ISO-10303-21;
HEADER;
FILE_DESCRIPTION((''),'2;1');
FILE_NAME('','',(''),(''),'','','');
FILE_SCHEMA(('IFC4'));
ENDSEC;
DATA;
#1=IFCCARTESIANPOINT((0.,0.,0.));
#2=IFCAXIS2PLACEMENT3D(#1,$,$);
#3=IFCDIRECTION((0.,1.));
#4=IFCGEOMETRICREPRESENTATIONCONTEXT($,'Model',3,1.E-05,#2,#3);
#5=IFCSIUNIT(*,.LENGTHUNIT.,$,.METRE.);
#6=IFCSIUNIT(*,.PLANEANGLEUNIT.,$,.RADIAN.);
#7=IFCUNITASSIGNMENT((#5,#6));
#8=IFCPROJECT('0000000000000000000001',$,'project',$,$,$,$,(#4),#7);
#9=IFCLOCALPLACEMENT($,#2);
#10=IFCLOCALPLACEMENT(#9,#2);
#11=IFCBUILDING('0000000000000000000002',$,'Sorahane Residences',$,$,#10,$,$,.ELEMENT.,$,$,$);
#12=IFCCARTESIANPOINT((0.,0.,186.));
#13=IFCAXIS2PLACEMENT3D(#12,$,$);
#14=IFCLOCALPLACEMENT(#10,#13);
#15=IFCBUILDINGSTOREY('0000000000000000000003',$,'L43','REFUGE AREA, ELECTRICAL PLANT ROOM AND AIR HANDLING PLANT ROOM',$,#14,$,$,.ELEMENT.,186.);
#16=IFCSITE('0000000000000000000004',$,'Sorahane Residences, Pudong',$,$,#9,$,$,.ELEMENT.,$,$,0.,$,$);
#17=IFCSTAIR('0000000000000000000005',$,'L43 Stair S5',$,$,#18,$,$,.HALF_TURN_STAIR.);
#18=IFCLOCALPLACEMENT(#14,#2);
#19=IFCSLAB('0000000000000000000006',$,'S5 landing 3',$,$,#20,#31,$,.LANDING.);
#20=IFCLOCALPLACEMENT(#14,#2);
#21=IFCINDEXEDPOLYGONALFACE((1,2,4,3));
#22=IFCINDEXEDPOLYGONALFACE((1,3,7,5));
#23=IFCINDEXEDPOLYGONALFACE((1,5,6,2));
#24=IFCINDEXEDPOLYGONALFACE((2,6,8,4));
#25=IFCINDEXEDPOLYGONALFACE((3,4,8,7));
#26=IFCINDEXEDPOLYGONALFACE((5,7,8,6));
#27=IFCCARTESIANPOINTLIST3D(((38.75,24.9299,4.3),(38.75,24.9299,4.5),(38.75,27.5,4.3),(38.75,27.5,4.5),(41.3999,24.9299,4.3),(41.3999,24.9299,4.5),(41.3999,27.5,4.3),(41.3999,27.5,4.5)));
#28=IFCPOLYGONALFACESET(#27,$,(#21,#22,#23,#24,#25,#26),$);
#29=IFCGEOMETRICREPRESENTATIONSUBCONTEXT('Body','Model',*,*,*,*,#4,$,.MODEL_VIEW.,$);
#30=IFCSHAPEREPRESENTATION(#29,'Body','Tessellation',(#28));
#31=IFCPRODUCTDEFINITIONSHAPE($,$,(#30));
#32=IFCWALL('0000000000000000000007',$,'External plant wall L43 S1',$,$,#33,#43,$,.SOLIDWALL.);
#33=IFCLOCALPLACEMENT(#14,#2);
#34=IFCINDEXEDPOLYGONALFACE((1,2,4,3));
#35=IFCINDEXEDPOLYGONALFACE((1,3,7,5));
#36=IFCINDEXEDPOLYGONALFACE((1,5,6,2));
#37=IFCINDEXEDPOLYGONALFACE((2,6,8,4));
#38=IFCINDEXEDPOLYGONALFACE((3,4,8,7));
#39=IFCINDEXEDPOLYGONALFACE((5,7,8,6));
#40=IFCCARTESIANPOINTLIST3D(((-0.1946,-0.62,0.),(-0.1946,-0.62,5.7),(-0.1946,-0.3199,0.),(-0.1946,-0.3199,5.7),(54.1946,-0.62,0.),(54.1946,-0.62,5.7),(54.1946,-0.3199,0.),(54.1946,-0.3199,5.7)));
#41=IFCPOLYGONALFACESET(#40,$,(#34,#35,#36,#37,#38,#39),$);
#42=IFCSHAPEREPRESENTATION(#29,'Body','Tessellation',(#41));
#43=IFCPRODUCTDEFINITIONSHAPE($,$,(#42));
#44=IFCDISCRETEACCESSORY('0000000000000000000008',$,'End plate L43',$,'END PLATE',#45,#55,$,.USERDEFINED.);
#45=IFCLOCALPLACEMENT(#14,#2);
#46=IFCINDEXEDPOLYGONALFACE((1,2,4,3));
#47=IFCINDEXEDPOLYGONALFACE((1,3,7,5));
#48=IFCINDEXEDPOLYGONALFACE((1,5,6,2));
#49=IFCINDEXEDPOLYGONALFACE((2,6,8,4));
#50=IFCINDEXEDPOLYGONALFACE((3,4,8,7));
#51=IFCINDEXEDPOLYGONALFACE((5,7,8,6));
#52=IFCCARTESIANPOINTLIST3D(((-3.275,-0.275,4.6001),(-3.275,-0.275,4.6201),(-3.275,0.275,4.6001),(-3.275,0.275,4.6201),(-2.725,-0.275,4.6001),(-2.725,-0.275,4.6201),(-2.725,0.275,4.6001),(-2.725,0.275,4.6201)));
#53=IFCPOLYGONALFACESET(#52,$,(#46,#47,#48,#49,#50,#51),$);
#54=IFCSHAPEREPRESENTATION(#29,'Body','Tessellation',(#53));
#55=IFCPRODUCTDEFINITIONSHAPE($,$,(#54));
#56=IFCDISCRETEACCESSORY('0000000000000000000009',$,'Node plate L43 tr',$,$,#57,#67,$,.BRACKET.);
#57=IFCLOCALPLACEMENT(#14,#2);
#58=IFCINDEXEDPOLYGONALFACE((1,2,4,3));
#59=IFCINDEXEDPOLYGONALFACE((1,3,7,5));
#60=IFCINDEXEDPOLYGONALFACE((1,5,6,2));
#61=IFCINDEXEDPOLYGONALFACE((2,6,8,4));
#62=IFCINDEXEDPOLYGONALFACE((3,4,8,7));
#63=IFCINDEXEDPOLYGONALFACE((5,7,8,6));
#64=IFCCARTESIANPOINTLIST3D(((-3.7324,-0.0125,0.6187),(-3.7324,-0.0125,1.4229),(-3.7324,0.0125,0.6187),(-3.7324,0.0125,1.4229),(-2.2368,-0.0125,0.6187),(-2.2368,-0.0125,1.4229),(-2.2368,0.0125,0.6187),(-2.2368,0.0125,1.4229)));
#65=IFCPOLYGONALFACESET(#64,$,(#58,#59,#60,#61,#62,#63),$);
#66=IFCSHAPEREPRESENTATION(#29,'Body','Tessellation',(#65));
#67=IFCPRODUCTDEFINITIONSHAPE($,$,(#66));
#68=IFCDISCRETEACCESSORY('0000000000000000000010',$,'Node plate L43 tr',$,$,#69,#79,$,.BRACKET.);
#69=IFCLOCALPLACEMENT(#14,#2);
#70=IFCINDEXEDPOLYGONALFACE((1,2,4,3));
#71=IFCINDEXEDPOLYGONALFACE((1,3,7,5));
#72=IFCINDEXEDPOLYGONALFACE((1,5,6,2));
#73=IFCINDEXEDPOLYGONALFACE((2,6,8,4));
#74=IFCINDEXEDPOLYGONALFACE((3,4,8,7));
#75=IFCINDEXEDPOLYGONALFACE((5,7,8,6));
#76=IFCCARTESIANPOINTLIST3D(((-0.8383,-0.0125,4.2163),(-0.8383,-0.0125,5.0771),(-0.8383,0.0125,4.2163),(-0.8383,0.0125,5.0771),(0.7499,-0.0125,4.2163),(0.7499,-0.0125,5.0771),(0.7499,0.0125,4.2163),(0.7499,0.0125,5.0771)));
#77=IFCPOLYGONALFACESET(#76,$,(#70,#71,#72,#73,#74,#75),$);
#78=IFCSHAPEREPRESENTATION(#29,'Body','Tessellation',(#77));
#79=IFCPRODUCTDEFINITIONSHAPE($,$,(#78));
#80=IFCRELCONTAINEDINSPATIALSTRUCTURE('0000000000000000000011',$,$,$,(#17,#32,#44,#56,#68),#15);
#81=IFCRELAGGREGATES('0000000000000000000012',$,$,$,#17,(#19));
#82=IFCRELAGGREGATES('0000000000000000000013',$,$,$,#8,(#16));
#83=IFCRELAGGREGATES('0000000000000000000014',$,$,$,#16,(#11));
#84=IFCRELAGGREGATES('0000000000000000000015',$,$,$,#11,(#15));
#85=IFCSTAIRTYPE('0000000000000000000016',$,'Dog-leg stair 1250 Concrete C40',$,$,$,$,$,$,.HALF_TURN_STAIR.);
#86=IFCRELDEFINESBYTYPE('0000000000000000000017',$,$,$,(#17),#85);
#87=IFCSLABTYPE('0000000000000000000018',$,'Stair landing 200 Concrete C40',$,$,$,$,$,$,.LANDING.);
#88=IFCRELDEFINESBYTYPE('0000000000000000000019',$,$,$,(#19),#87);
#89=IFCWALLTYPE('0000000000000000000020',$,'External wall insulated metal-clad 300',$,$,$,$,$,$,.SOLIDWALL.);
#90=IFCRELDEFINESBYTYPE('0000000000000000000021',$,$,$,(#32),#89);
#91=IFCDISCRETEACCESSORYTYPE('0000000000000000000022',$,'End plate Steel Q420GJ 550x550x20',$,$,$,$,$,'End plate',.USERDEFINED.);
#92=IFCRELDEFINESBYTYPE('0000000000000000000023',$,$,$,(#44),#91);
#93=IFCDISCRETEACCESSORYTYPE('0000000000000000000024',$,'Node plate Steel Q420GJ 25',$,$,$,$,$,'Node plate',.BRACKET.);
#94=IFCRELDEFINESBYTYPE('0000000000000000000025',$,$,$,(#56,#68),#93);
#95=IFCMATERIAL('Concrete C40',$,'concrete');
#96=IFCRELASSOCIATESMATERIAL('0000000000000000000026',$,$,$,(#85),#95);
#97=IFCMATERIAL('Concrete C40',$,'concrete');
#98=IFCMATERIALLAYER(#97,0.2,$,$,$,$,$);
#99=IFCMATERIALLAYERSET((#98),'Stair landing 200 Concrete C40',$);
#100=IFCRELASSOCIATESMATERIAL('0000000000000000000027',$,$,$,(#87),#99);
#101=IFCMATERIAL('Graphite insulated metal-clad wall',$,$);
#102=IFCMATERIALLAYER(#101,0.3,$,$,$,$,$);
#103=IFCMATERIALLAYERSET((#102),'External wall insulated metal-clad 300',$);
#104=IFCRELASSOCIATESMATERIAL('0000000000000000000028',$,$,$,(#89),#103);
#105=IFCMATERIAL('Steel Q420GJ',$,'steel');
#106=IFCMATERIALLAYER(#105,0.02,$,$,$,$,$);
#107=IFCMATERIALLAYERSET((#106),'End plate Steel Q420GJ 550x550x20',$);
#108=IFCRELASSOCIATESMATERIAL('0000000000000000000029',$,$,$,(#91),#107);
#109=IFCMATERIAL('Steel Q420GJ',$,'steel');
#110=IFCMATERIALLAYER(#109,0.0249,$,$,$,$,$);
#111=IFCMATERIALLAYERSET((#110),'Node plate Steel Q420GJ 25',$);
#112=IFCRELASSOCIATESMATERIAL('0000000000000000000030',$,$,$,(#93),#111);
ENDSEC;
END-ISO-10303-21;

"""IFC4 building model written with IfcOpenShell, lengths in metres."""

from ifc_helpers import new_model, si_unit, direction, frame, frame_2d, origin, origin_2d, place, context, subcontext, project, spatial, polyline, rectangle, outline, extrude, material, layer, layer_set, type_object, element, aggregate, save


model = new_model("IFC4")

# Units and contexts
model_context = context("Model", 3, precision=1e-05, world=origin(), true_north=direction((0.0, 1.0)))
body_context = subcontext(model_context, "Body", "Model", "MODEL_VIEW")
ifc_project = project(units=[si_unit("LENGTHUNIT", "METRE"), si_unit("PLANEANGLEUNIT", "RADIAN")], contexts=[model_context])

# Site, building, storey
site_placement = place(None, origin())
site = spatial("IfcSite", under=ifc_project, at=site_placement, Name="Sorahane Residences, Pudong", CompositionType="ELEMENT", RefElevation=0.0)
building_placement = place(site_placement, origin())
building = spatial("IfcBuilding", under=site, at=building_placement, Name="Sorahane Residences", CompositionType="ELEMENT")
storey_placement = place(building_placement, frame((0.0, 0.0, 186.0)))
storey = spatial("IfcBuildingStorey", under=building, at=storey_placement, Name="L43", Description="REFUGE AREA, ELECTRICAL PLANT ROOM AND AIR HANDLING PLANT ROOM", CompositionType="ELEMENT", Elevation=186.0)

# Shared definitions
ifc_material_1 = material(Name="Concrete C40", Category="concrete")
stair_type = type_object("IfcStairType", Name="Dog-leg stair 1250 Concrete C40", PredefinedType="HALF_TURN_STAIR", material=ifc_material_1)
ifc_material_2 = material(Name="Concrete C40", Category="concrete")
ifc_layer_1 = layer(ifc_material_2, 0.2)
ifc_layer_set_1 = layer_set([ifc_layer_1], Name="Stair landing 200 Concrete C40")
slab_type_1 = type_object("IfcSlabType", Name="Stair landing 200 Concrete C40", PredefinedType="LANDING", material=ifc_layer_set_1)

# Stair, slab
stair_1_placement = place(storey_placement, origin())
stair_1 = element("IfcStair", 1, at=stair_1_placement, inside=storey, type_object=stair_type, Name="L43 Stair S5", PredefinedType="HALF_TURN_STAIR")
slab_1_placement = place(storey_placement, frame((0.0, 0.0, 4.3)))
slab_1 = element("IfcSlab", 2, at=slab_1_placement, type_object=slab_type_1, Name="S5 landing 3", PredefinedType="LANDING", context=body_context, shape_type="SweptSolid", body=[
    extrude(outline(polyline([(41.3999, 24.9299), (41.3999, 27.5), (38.75, 27.5), (38.75, 24.9299), (41.3999, 24.9299)])), origin(), (0.0, 0.0, 1.0), 0.2),
])
aggregate(stair_1, [slab_1])

# Wall
ifc_material_3 = material(Name="Graphite insulated metal-clad wall")
ifc_layer_2 = layer(ifc_material_3, 0.3)
ifc_layer_set_2 = layer_set([ifc_layer_2], Name="External wall insulated metal-clad 300")
wall_type = type_object("IfcWallType", Name="External wall insulated metal-clad 300", PredefinedType="SOLIDWALL", material=ifc_layer_set_2)
wall_placement = place(storey_placement, frame((-0.1946, -0.47, 0.0), z_axis=(0.0, 0.0, 1.0), x_axis=(1.0, 0.0, 0.0)))
element("IfcWall", 3, at=wall_placement, inside=storey, type_object=wall_type, Name="External plant wall L43 S1", PredefinedType="SOLIDWALL", context=body_context, shape_type="SweptSolid", body=[
    extrude(rectangle(XDim=54.3892, YDim=0.3, at=frame_2d((27.1946, 0.0))), origin(), (0.0, 0.0, 1.0), 5.7),
])

# Discrete accessories
ifc_material_4 = material(Name="Steel Q420GJ", Category="steel")
ifc_layer_3 = layer(ifc_material_4, 0.02)
ifc_layer_set_3 = layer_set([ifc_layer_3], Name="End plate Steel Q420GJ 550x550x20")
discrete_accessory_type_1 = type_object("IfcDiscreteAccessoryType", Name="End plate Steel Q420GJ 550x550x20", ElementType="End plate", PredefinedType="USERDEFINED", material=ifc_layer_set_3)
discrete_accessory_1_placement = place(storey_placement, frame((-3.0, 0.0, 4.6001), z_axis=(0.0, 0.0, 1.0), x_axis=(1.0, 0.0, 0.0)))
element("IfcDiscreteAccessory", 4, at=discrete_accessory_1_placement, inside=storey, type_object=discrete_accessory_type_1, Name="End plate L43", ObjectType="END PLATE", PredefinedType="USERDEFINED", context=body_context, shape_type="SweptSolid", body=[
    extrude(rectangle(XDim=0.55, YDim=0.55, at=origin_2d()), origin(), (0.0, 0.0, 1.0), 0.02),
])
ifc_material_5 = material(Name="Steel Q420GJ", Category="steel")
ifc_layer_4 = layer(ifc_material_5, 0.0249)
ifc_layer_set_4 = layer_set([ifc_layer_4], Name="Node plate Steel Q420GJ 25")
discrete_accessory_type_2 = type_object("IfcDiscreteAccessoryType", Name="Node plate Steel Q420GJ 25", ElementType="Node plate", PredefinedType="BRACKET", material=ifc_layer_set_4)
discrete_accessory_2_placement = place(storey_placement, frame((-2.9846, 0.0, 0.6187), z_axis=(0.0, 0.0, 1.0), x_axis=(1.0, 0.0, 0.0)))
element("IfcDiscreteAccessory", 5, at=discrete_accessory_2_placement, inside=storey, type_object=discrete_accessory_type_2, Name="Node plate L43 tr", PredefinedType="BRACKET", context=body_context, shape_type="SweptSolid", body=[
    extrude(rectangle(XDim=1.4956, YDim=0.0249, at=origin_2d()), origin(), (0.0, 0.0, 1.0), 0.8042),
])
discrete_accessory_3_placement = place(storey_placement, frame((-0.0442, 0.0, 4.2163), z_axis=(0.0, 0.0, 1.0), x_axis=(1.0, 0.0, 0.0)))
element("IfcDiscreteAccessory", 6, at=discrete_accessory_3_placement, inside=storey, type_object=discrete_accessory_type_2, Name="Node plate L43 tr", PredefinedType="BRACKET", context=body_context, shape_type="SweptSolid", body=[
    extrude(rectangle(XDim=1.5881, YDim=0.0249, at=origin_2d()), origin(), (0.0, 0.0, 1.0), 0.8608),
])

save(model, "model.ifc")
